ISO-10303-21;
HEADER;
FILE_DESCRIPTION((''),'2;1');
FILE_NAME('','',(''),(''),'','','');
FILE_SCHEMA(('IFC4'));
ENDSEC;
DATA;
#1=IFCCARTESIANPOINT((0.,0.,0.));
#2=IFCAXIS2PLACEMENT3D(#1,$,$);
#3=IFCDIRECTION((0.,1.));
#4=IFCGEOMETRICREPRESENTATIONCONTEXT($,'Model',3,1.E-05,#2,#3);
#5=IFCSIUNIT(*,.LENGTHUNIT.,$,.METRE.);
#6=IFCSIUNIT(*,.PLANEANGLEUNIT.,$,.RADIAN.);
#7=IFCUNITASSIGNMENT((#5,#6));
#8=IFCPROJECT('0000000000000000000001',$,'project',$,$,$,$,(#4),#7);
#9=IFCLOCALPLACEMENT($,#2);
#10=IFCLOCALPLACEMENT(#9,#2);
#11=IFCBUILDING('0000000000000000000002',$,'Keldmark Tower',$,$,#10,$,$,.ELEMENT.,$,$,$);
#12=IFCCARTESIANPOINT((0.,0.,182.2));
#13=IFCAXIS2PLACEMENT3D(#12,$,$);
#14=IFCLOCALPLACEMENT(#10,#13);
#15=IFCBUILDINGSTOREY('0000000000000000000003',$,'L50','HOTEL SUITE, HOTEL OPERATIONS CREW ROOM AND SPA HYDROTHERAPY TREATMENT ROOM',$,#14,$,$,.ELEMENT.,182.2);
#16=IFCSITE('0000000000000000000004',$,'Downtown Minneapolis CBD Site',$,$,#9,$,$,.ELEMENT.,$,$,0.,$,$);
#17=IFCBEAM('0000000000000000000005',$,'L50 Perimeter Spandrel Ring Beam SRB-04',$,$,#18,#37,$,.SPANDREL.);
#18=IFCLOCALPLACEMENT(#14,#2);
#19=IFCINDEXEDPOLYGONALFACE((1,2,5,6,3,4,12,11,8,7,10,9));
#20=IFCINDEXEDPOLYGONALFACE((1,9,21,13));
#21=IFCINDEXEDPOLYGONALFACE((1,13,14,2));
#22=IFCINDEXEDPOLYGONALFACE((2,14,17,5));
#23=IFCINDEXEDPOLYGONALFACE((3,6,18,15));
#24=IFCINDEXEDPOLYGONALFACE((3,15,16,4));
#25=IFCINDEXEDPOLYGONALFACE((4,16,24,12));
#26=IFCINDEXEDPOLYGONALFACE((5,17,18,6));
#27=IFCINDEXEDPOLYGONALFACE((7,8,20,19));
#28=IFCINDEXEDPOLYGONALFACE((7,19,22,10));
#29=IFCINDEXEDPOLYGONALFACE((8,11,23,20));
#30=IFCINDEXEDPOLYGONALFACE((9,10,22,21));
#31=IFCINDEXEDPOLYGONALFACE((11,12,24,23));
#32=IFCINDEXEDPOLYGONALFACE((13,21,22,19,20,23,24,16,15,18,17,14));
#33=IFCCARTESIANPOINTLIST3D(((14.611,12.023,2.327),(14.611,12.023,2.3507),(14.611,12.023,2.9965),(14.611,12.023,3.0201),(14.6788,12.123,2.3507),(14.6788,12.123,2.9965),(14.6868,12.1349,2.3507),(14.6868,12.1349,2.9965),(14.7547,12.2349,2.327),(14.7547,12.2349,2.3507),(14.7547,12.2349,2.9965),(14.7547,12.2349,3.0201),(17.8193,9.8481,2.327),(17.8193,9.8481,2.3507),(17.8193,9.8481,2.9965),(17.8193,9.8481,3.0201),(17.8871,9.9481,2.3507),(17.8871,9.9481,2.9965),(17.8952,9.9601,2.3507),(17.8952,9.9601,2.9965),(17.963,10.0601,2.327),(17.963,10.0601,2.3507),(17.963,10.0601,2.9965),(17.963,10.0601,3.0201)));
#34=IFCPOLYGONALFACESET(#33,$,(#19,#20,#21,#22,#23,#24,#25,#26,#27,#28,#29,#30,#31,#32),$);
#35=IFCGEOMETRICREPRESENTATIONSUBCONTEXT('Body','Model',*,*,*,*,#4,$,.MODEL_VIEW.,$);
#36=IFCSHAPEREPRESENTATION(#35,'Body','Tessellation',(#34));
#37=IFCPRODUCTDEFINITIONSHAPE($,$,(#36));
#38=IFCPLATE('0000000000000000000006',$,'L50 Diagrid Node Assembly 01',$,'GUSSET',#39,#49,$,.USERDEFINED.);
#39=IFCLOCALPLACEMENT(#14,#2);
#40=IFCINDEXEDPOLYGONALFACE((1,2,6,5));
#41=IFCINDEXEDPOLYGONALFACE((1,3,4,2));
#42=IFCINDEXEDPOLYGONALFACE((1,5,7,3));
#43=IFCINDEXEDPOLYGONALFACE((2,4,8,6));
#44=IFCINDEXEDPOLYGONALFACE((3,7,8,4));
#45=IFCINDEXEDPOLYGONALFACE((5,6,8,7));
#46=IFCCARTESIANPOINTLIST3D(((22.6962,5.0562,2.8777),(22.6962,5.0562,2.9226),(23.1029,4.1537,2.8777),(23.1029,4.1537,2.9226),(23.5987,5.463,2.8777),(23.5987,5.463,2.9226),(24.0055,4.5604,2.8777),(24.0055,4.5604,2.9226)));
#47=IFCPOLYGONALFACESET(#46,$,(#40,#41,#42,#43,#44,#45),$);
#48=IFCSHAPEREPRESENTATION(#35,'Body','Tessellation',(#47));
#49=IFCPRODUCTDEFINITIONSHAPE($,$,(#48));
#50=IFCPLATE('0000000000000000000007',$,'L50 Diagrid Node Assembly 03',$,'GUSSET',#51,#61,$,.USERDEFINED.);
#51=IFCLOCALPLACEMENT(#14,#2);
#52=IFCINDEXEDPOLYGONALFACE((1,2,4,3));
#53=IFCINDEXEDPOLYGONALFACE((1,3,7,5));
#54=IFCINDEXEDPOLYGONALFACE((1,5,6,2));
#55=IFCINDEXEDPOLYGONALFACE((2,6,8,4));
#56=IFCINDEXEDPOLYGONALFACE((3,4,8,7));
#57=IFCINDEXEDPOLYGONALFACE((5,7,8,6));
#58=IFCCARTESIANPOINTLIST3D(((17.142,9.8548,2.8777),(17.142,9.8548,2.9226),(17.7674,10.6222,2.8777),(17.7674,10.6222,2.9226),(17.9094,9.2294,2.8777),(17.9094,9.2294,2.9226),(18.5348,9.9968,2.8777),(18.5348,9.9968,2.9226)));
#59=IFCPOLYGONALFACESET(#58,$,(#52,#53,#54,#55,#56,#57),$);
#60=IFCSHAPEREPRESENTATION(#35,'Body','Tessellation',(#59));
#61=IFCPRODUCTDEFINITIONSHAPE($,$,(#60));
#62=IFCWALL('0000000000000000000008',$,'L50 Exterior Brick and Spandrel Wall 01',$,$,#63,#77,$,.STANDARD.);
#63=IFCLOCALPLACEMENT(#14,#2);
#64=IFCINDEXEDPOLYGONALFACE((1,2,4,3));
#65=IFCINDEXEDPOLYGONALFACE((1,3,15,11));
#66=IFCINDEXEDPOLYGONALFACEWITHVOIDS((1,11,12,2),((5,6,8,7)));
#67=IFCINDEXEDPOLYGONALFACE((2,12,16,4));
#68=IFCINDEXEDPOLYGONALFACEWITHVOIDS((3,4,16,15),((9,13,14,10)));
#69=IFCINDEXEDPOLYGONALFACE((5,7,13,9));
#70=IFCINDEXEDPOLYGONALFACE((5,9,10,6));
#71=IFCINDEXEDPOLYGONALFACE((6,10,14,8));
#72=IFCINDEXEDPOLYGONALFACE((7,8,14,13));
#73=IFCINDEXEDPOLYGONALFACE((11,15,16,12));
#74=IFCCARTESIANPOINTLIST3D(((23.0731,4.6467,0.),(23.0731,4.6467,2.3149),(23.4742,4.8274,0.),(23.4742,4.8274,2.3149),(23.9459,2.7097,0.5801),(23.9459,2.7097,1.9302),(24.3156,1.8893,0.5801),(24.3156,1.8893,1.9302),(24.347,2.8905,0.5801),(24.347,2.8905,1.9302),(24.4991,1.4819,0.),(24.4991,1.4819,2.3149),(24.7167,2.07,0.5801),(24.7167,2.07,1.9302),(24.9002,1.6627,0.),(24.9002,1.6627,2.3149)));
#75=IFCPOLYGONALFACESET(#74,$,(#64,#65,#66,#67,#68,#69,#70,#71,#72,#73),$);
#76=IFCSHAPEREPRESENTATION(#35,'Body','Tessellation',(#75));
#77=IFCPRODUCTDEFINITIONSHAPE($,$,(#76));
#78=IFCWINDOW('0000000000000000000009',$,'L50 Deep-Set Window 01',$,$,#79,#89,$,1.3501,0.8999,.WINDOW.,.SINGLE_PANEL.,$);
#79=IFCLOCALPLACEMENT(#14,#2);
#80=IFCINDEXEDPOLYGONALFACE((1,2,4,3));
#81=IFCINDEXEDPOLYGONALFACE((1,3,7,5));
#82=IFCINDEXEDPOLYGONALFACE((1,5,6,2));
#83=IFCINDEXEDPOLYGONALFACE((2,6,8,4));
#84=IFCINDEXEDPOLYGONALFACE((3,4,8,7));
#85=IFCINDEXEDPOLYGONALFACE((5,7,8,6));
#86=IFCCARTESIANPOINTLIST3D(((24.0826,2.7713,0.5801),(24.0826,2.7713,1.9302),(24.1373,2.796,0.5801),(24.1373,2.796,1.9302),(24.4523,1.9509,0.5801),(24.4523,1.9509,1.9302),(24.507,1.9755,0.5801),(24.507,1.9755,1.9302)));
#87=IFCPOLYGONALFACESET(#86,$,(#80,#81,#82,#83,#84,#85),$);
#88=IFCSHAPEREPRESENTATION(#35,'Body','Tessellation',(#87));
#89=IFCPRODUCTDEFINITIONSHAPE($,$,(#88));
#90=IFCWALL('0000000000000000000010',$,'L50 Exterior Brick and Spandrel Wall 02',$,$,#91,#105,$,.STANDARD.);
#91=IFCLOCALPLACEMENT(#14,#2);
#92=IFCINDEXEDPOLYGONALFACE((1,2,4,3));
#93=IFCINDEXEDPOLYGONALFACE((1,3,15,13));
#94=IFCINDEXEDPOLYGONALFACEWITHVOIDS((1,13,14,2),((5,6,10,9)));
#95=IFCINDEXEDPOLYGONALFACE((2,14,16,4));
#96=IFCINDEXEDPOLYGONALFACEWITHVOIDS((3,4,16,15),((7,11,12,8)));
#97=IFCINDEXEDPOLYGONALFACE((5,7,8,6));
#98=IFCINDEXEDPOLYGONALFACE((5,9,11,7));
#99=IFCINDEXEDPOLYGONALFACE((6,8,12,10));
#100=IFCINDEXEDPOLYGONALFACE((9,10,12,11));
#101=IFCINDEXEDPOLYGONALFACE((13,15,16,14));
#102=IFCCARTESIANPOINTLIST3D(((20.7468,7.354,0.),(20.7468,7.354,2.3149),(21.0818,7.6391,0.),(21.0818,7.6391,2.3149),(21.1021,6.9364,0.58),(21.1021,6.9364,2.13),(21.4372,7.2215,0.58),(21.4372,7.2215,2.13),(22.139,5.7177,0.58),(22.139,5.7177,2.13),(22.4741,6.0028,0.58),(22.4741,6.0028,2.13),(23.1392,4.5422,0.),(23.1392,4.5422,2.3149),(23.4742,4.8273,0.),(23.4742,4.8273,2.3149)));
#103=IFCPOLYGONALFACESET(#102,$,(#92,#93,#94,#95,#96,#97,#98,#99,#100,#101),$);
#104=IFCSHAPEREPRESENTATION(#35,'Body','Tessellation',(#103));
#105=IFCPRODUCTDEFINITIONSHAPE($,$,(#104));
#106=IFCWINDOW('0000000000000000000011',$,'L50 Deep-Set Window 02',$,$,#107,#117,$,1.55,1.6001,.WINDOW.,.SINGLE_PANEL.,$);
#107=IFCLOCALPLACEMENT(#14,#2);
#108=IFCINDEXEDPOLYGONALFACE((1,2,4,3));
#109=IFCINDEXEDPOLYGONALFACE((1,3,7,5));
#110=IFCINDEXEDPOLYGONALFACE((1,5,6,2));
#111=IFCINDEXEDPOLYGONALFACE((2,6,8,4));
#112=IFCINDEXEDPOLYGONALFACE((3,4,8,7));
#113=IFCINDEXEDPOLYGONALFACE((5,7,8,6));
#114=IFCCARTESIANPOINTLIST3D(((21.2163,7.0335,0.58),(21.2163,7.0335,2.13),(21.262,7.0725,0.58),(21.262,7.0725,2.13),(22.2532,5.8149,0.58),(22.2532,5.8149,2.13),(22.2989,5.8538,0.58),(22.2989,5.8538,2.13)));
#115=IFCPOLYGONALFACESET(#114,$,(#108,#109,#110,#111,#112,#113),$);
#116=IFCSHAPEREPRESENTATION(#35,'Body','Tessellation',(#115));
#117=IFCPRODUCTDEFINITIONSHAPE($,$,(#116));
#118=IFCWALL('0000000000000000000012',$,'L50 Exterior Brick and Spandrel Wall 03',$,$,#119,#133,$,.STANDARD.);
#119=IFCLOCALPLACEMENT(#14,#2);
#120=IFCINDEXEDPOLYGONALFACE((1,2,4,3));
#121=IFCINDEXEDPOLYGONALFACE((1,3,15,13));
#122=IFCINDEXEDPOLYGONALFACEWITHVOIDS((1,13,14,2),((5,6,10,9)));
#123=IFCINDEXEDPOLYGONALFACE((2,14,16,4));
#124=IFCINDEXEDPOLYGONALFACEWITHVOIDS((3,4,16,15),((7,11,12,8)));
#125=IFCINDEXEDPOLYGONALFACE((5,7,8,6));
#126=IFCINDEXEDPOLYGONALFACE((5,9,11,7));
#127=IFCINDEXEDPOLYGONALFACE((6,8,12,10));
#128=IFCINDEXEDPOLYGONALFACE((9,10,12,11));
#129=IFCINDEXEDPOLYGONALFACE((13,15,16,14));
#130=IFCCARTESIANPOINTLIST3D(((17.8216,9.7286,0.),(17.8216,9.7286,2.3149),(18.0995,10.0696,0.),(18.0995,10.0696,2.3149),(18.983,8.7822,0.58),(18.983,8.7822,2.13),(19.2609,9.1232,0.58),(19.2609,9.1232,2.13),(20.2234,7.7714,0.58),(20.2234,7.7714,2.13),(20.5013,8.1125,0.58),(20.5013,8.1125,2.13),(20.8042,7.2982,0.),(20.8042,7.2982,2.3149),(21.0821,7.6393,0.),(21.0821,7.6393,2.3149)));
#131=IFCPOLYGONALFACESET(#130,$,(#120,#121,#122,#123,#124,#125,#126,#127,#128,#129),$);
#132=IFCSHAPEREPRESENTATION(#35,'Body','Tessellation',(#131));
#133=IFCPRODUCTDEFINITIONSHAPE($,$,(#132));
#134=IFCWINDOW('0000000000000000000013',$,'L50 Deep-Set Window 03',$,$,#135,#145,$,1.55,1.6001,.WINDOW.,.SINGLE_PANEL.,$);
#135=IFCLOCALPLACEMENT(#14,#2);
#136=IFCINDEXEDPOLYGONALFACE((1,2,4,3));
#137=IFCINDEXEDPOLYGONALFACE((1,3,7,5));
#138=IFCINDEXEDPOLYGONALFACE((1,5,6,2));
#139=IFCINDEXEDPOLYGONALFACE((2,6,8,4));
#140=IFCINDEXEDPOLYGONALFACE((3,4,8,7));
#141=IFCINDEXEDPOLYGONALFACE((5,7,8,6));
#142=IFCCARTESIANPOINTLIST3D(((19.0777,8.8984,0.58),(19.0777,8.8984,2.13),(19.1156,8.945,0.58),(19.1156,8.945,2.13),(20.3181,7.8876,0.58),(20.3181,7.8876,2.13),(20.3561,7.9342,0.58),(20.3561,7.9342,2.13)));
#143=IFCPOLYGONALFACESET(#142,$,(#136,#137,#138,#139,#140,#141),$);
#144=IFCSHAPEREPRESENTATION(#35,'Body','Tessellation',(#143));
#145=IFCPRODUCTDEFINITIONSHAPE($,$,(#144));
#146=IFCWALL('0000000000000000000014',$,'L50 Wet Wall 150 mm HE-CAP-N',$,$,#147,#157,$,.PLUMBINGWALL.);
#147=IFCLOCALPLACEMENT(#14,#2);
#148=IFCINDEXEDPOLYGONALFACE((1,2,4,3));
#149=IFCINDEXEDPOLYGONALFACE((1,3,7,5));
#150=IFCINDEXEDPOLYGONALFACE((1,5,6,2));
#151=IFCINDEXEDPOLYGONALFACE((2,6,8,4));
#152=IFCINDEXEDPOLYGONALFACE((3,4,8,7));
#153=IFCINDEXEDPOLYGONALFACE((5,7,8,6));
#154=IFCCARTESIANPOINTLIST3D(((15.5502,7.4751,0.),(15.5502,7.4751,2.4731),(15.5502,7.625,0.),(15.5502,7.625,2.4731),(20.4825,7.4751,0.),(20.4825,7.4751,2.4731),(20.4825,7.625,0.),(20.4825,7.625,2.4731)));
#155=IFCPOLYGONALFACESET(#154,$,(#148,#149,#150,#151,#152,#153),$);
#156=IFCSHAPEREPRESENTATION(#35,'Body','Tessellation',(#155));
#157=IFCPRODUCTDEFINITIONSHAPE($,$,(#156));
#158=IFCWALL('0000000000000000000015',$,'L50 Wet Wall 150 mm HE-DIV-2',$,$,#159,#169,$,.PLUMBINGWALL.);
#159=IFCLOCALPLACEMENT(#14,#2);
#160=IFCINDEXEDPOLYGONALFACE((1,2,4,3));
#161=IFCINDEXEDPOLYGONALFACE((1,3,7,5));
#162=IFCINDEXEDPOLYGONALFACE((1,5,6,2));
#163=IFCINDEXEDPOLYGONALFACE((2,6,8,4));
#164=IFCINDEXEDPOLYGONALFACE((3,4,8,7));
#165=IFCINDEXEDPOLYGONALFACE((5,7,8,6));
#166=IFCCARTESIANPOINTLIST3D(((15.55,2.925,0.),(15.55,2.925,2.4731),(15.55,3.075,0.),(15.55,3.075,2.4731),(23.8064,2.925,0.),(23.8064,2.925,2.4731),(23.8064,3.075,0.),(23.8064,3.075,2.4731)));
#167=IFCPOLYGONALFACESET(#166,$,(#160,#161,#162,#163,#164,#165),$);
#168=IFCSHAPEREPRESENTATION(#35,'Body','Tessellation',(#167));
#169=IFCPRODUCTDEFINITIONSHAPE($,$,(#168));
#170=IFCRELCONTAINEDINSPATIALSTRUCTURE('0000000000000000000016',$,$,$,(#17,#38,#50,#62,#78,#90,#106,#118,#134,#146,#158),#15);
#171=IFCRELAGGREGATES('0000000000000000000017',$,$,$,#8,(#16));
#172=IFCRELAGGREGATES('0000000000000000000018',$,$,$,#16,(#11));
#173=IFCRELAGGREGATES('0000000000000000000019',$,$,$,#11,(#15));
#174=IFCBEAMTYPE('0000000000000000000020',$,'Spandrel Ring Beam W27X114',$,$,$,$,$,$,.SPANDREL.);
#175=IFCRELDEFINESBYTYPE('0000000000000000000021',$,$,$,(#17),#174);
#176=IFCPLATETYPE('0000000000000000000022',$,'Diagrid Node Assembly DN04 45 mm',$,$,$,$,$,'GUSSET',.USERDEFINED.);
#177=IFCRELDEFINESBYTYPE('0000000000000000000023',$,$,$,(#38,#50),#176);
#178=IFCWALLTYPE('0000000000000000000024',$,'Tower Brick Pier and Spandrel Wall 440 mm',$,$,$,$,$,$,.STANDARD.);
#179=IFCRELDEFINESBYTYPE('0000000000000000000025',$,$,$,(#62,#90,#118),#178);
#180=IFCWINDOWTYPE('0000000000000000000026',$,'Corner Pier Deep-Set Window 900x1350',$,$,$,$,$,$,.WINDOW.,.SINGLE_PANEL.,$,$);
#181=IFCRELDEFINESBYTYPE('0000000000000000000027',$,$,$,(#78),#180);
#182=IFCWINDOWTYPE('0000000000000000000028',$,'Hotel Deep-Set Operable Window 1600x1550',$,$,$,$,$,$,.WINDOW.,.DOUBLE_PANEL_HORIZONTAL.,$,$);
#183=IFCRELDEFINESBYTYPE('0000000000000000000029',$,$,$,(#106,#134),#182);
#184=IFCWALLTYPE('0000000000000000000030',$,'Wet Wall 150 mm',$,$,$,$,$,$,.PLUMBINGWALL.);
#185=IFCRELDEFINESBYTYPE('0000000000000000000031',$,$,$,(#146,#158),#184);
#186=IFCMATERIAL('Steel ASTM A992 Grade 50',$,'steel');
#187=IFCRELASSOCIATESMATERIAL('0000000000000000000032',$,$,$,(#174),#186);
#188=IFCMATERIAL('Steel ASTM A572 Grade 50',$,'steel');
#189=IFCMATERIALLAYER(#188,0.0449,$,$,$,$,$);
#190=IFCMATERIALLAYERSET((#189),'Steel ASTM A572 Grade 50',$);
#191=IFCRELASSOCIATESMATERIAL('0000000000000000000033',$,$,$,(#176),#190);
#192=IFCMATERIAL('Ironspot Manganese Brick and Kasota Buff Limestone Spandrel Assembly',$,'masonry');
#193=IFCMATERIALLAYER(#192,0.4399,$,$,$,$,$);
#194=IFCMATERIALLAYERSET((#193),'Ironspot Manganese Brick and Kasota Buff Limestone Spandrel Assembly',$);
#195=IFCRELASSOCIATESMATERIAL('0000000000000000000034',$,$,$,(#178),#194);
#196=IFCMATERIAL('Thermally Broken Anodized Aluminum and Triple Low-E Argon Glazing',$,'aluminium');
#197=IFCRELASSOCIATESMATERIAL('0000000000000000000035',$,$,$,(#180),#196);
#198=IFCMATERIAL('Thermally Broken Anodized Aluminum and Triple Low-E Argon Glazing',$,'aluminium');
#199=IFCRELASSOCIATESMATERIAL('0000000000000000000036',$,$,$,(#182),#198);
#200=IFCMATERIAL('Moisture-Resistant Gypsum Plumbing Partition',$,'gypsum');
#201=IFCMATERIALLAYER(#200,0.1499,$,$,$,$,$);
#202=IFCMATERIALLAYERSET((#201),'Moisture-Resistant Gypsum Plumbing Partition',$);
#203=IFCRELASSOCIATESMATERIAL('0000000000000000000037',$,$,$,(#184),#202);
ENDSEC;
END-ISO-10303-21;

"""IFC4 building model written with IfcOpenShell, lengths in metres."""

from ifc_helpers import new_model, si_unit, direction, frame, frame_2d, origin, origin_2d, place, context, subcontext, project, spatial, rectangle, i_section, extrude, material, layer, layer_set, material_profile, profile_set, type_object, element, fill, save


model = new_model("IFC4")

# Units and contexts
model_context = context("Model", 3, precision=1e-05, world=origin(), true_north=direction((0.0, 1.0)))
body_context = subcontext(model_context, "Body", "Model", "MODEL_VIEW")
ifc_project = project(units=[si_unit("LENGTHUNIT", "METRE"), si_unit("PLANEANGLEUNIT", "RADIAN")], contexts=[model_context])

# Site, building, storey
site_placement = place(None, origin())
site = spatial("IfcSite", under=ifc_project, at=site_placement, Name="Downtown Minneapolis CBD Site", CompositionType="ELEMENT", RefElevation=0.0)
building_placement = place(site_placement, origin())
building = spatial("IfcBuilding", under=site, at=building_placement, Name="Keldmark Tower", CompositionType="ELEMENT")
storey_placement = place(building_placement, frame((0.0, 0.0, 182.2)))
storey = spatial("IfcBuildingStorey", under=building, at=storey_placement, Name="L50", Description="HOTEL SUITE, HOTEL OPERATIONS CREW ROOM AND SPA HYDROTHERAPY TREATMENT ROOM", CompositionType="ELEMENT", Elevation=182.2)

# Beam
ifc_material_1 = material(Name="Steel ASTM A992 Grade 50", Category="steel")
ifc_material_profile_1 = material_profile(ifc_material_1, i_section(OverallWidth=0.2561, OverallDepth=0.6931, WebThickness=0.0144, FlangeThickness=0.0237, at=origin_2d()), Name="W27X114")
ifc_profile_set_1 = profile_set([ifc_material_profile_1], Name="Steel ASTM A992 Grade 50")
beam_type_1 = type_object("IfcBeamType", Name="Spandrel Ring Beam W27X114", PredefinedType="SPANDREL", material=ifc_profile_set_1)
beam_1_placement = place(storey_placement, frame((17.8911, 9.9541, 2.6736), z_axis=(-0.827742, 0.561109, 0.0), x_axis=(-0.561109, -0.827742, 0.0)))
element("IfcBeam", 1, at=beam_1_placement, inside=storey, type_object=beam_type_1, Name="L50 Perimeter Spandrel Ring Beam SRB-04", PredefinedType="SPANDREL", context=body_context, shape_type="SweptSolid", body=[
    extrude(i_section(OverallWidth=0.2561, OverallDepth=0.6931, WebThickness=0.0144, FlangeThickness=0.0237, at=origin_2d()), origin(), (0.0, 0.0, 1.0), 3.876),
])

# Plates
ifc_material_2 = material(Name="Steel ASTM A572 Grade 50", Category="steel")
ifc_layer_1 = layer(ifc_material_2, 0.0449)
ifc_layer_set_1 = layer_set([ifc_layer_1], Name="Steel ASTM A572 Grade 50")
plate_type = type_object("IfcPlateType", Name="Diagrid Node Assembly DN04 45 mm", ElementType="GUSSET", PredefinedType="USERDEFINED", material=ifc_layer_set_1)
for number, where, z_axis, x_axis, name in (
    (2, (23.3508, 4.8083, 2.8777), (0.0, 0.0, 1.0), (-0.410878, 0.91169, 0.0), "L50 Diagrid Node Assembly 01"),
    (3, (17.8384, 9.9258, 2.8777), (0.0, 0.0, 1.0), (-0.775165, 0.631759, 0.0), "L50 Diagrid Node Assembly 03"),
):
    element("IfcPlate", number, at=place(storey_placement, frame(where, z_axis=z_axis, x_axis=x_axis)), inside=storey, type_object=plate_type, Name=name, ObjectType="GUSSET", PredefinedType="USERDEFINED", context=body_context, shape_type="SweptSolid", body=[
        extrude(rectangle(XDim=0.99, YDim=0.99, at=origin_2d()), origin(), (0.0, 0.0, 1.0), 0.0449),
    ])

# Walls, openings, windows
ifc_material_3 = material(Name="Ironspot Manganese Brick and Kasota Buff Limestone Spandrel Assembly", Category="masonry")
ifc_layer_2 = layer(ifc_material_3, 0.4399)
ifc_layer_set_2 = layer_set([ifc_layer_2], Name="Ironspot Manganese Brick and Kasota Buff Limestone Spandrel Assembly")
wall_type_1 = type_object("IfcWallType", Name="Tower Brick Pier and Spandrel Wall 440 mm", PredefinedType="STANDARD", material=ifc_layer_set_2)
wall_1_placement = place(storey_placement, frame((23.2737, 4.7371, 0.0), z_axis=(0.0, 0.0, 1.0), x_axis=(0.410812, -0.91172, 0.0)))
wall_1 = element("IfcWall", 4, at=wall_1_placement, inside=storey, type_object=wall_type_1, Name="L50 Exterior Brick and Spandrel Wall 01", PredefinedType="STANDARD", context=body_context, shape_type="SweptSolid", body=[
    extrude(rectangle(XDim=3.4712, YDim=0.4399, at=frame_2d((1.7356, 0.0))), origin(), (0.0, 0.0, 1.0), 2.3149),
])
opening_1_placement = place(wall_1_placement, frame((2.1245, 0.0, 0.5801)))
opening_1 = element("IfcOpeningElement", 5, at=opening_1_placement, cuts=wall_1, PredefinedType="OPENING", context=body_context, shape_type="SweptSolid", body=[
    extrude(rectangle(XDim=0.8999, YDim=1.3501, at=frame_2d((0.45, 0.675))), frame((0.0, 0.23, 0.0), z_axis=(0.0, -1.0, 0.0), x_axis=(1.0, 0.0, 0.0)), (0.0, 0.0, 1.0), 0.46),
])
ifc_material_4 = material(Name="Thermally Broken Anodized Aluminum and Triple Low-E Argon Glazing", Category="aluminium")
window_type_1 = type_object("IfcWindowType", Name="Corner Pier Deep-Set Window 900x1350", PartitioningType="SINGLE_PANEL", PredefinedType="WINDOW", material=ifc_material_4)
window_1_placement = place(opening_1_placement, origin())
window_1 = element("IfcWindow", 6, at=window_1_placement, inside=storey, type_object=window_type_1, Name="L50 Deep-Set Window 01", OverallHeight=1.3501, OverallWidth=0.8999, PartitioningType="SINGLE_PANEL", PredefinedType="WINDOW", context=body_context, shape_type="SweptSolid", body=[
    extrude(rectangle(XDim=0.8999, YDim=1.3501, at=frame_2d((0.45, 0.675))), frame((0.0, -0.01, 0.0), z_axis=(0.0, -1.0, 0.0), x_axis=(1.0, 0.0, 0.0)), (0.0, 0.0, 1.0), 0.0601),
])
fill(opening_1, window_1)
wall_2_placement = place(storey_placement, frame((20.9143, 7.4966, 0.0), z_axis=(0.0, 0.0, 1.0), x_axis=(0.648015, -0.761628, 0.0)))
wall_2 = element("IfcWall", 7, at=wall_2_placement, inside=storey, type_object=wall_type_1, Name="L50 Exterior Brick and Spandrel Wall 02", PredefinedType="STANDARD", context=body_context, shape_type="SweptSolid", body=[
    extrude(rectangle(XDim=3.6919, YDim=0.4399, at=frame_2d((1.8459, 0.0))), origin(), (0.0, 0.0, 1.0), 2.3149),
])
opening_2_placement = place(wall_2_placement, frame((0.5483, 0.0, 0.5801)))
opening_2 = element("IfcOpeningElement", 8, at=opening_2_placement, cuts=wall_2, PredefinedType="OPENING", context=body_context, shape_type="SweptSolid", body=[
    extrude(rectangle(XDim=1.6001, YDim=1.55, at=frame_2d((0.8, 0.7749))), frame((0.0, 0.23, 0.0), z_axis=(0.0, -1.0, 0.0), x_axis=(1.0, 0.0, 0.0)), (0.0, 0.0, 1.0), 0.46),
])
ifc_material_5 = material(Name="Thermally Broken Anodized Aluminum and Triple Low-E Argon Glazing", Category="aluminium")
window_type_2 = type_object("IfcWindowType", Name="Hotel Deep-Set Operable Window 1600x1550", PartitioningType="DOUBLE_PANEL_HORIZONTAL", PredefinedType="WINDOW", material=ifc_material_5)
window_2_placement = place(opening_2_placement, origin())
window_2 = element("IfcWindow", 9, at=window_2_placement, inside=storey, type_object=window_type_2, Name="L50 Deep-Set Window 02", OverallHeight=1.55, OverallWidth=1.6001, PartitioningType="SINGLE_PANEL", PredefinedType="WINDOW", context=body_context, shape_type="SweptSolid", body=[
    extrude(rectangle(XDim=1.6001, YDim=1.55, at=frame_2d((0.8, 0.7749))), frame((0.0, -0.01, 0.0), z_axis=(0.0, -1.0, 0.0), x_axis=(1.0, 0.0, 0.0)), (0.0, 0.0, 1.0), 0.0601),
])
fill(opening_2, window_2)
wall_3_placement = place(storey_placement, frame((17.9604, 9.8992, 0.0), z_axis=(0.0, 0.0, 1.0), x_axis=(0.775222, -0.631688, 0.0)))
wall_3 = element("IfcWall", 10, at=wall_3_placement, inside=storey, type_object=wall_type_1, Name="L50 Exterior Brick and Spandrel Wall 03", PredefinedType="STANDARD", context=body_context, shape_type="SweptSolid", body=[
    extrude(rectangle(XDim=3.8474, YDim=0.4399, at=frame_2d((1.9238, 0.0))), origin(), (0.0, 0.0, 1.0), 2.3149),
])
opening_3_placement = place(wall_3_placement, frame((1.4983, 0.0, 0.5801)))
opening_3 = element("IfcOpeningElement", 11, at=opening_3_placement, cuts=wall_3, PredefinedType="OPENING", context=body_context, shape_type="SweptSolid", body=[
    extrude(rectangle(XDim=1.6001, YDim=1.55, at=frame_2d((0.8, 0.7749))), frame((0.0, 0.23, 0.0), z_axis=(0.0, -1.0, 0.0), x_axis=(1.0, 0.0, 0.0)), (0.0, 0.0, 1.0), 0.46),
])
window_3_placement = place(opening_3_placement, origin())
window_3 = element("IfcWindow", 12, at=window_3_placement, inside=storey, type_object=window_type_2, Name="L50 Deep-Set Window 03", OverallHeight=1.55, OverallWidth=1.6001, PartitioningType="SINGLE_PANEL", PredefinedType="WINDOW", context=body_context, shape_type="SweptSolid", body=[
    extrude(rectangle(XDim=1.6001, YDim=1.55, at=frame_2d((0.8, 0.7749))), frame((0.0, -0.01, 0.0), z_axis=(0.0, -1.0, 0.0), x_axis=(1.0, 0.0, 0.0)), (0.0, 0.0, 1.0), 0.0601),
])
fill(opening_3, window_3)

# Walls
ifc_material_6 = material(Name="Moisture-Resistant Gypsum Plumbing Partition", Category="gypsum")
ifc_layer_3 = layer(ifc_material_6, 0.1499)
ifc_layer_set_3 = layer_set([ifc_layer_3], Name="Moisture-Resistant Gypsum Plumbing Partition")
wall_type_2 = type_object("IfcWallType", Name="Wet Wall 150 mm", PredefinedType="PLUMBINGWALL", material=ifc_layer_set_3)
wall_4_placement = place(storey_placement, frame((15.55, 7.55, 0.0), z_axis=(0.0, 0.0, 1.0), x_axis=(1.0, 0.0, 0.0)))
element("IfcWall", 13, at=wall_4_placement, inside=storey, type_object=wall_type_2, Name="L50 Wet Wall 150 mm HE-CAP-N", PredefinedType="PLUMBINGWALL", context=body_context, shape_type="SweptSolid", body=[
    extrude(rectangle(XDim=4.9324, YDim=0.1499, at=frame_2d((2.4663, 0.0))), origin(), (0.0, 0.0, 1.0), 2.4731),
])
wall_5_placement = place(storey_placement, frame((15.55, 3.0, 0.0), z_axis=(0.0, 0.0, 1.0), x_axis=(1.0, 0.0, 0.0)))
element("IfcWall", 14, at=wall_5_placement, inside=storey, type_object=wall_type_2, Name="L50 Wet Wall 150 mm HE-DIV-2", PredefinedType="PLUMBINGWALL", context=body_context, shape_type="SweptSolid", body=[
    extrude(rectangle(XDim=8.2563, YDim=0.1499, at=frame_2d((4.1282, 0.0))), origin(), (0.0, 0.0, 1.0), 2.4731),
])

save(model, "model.ifc")
